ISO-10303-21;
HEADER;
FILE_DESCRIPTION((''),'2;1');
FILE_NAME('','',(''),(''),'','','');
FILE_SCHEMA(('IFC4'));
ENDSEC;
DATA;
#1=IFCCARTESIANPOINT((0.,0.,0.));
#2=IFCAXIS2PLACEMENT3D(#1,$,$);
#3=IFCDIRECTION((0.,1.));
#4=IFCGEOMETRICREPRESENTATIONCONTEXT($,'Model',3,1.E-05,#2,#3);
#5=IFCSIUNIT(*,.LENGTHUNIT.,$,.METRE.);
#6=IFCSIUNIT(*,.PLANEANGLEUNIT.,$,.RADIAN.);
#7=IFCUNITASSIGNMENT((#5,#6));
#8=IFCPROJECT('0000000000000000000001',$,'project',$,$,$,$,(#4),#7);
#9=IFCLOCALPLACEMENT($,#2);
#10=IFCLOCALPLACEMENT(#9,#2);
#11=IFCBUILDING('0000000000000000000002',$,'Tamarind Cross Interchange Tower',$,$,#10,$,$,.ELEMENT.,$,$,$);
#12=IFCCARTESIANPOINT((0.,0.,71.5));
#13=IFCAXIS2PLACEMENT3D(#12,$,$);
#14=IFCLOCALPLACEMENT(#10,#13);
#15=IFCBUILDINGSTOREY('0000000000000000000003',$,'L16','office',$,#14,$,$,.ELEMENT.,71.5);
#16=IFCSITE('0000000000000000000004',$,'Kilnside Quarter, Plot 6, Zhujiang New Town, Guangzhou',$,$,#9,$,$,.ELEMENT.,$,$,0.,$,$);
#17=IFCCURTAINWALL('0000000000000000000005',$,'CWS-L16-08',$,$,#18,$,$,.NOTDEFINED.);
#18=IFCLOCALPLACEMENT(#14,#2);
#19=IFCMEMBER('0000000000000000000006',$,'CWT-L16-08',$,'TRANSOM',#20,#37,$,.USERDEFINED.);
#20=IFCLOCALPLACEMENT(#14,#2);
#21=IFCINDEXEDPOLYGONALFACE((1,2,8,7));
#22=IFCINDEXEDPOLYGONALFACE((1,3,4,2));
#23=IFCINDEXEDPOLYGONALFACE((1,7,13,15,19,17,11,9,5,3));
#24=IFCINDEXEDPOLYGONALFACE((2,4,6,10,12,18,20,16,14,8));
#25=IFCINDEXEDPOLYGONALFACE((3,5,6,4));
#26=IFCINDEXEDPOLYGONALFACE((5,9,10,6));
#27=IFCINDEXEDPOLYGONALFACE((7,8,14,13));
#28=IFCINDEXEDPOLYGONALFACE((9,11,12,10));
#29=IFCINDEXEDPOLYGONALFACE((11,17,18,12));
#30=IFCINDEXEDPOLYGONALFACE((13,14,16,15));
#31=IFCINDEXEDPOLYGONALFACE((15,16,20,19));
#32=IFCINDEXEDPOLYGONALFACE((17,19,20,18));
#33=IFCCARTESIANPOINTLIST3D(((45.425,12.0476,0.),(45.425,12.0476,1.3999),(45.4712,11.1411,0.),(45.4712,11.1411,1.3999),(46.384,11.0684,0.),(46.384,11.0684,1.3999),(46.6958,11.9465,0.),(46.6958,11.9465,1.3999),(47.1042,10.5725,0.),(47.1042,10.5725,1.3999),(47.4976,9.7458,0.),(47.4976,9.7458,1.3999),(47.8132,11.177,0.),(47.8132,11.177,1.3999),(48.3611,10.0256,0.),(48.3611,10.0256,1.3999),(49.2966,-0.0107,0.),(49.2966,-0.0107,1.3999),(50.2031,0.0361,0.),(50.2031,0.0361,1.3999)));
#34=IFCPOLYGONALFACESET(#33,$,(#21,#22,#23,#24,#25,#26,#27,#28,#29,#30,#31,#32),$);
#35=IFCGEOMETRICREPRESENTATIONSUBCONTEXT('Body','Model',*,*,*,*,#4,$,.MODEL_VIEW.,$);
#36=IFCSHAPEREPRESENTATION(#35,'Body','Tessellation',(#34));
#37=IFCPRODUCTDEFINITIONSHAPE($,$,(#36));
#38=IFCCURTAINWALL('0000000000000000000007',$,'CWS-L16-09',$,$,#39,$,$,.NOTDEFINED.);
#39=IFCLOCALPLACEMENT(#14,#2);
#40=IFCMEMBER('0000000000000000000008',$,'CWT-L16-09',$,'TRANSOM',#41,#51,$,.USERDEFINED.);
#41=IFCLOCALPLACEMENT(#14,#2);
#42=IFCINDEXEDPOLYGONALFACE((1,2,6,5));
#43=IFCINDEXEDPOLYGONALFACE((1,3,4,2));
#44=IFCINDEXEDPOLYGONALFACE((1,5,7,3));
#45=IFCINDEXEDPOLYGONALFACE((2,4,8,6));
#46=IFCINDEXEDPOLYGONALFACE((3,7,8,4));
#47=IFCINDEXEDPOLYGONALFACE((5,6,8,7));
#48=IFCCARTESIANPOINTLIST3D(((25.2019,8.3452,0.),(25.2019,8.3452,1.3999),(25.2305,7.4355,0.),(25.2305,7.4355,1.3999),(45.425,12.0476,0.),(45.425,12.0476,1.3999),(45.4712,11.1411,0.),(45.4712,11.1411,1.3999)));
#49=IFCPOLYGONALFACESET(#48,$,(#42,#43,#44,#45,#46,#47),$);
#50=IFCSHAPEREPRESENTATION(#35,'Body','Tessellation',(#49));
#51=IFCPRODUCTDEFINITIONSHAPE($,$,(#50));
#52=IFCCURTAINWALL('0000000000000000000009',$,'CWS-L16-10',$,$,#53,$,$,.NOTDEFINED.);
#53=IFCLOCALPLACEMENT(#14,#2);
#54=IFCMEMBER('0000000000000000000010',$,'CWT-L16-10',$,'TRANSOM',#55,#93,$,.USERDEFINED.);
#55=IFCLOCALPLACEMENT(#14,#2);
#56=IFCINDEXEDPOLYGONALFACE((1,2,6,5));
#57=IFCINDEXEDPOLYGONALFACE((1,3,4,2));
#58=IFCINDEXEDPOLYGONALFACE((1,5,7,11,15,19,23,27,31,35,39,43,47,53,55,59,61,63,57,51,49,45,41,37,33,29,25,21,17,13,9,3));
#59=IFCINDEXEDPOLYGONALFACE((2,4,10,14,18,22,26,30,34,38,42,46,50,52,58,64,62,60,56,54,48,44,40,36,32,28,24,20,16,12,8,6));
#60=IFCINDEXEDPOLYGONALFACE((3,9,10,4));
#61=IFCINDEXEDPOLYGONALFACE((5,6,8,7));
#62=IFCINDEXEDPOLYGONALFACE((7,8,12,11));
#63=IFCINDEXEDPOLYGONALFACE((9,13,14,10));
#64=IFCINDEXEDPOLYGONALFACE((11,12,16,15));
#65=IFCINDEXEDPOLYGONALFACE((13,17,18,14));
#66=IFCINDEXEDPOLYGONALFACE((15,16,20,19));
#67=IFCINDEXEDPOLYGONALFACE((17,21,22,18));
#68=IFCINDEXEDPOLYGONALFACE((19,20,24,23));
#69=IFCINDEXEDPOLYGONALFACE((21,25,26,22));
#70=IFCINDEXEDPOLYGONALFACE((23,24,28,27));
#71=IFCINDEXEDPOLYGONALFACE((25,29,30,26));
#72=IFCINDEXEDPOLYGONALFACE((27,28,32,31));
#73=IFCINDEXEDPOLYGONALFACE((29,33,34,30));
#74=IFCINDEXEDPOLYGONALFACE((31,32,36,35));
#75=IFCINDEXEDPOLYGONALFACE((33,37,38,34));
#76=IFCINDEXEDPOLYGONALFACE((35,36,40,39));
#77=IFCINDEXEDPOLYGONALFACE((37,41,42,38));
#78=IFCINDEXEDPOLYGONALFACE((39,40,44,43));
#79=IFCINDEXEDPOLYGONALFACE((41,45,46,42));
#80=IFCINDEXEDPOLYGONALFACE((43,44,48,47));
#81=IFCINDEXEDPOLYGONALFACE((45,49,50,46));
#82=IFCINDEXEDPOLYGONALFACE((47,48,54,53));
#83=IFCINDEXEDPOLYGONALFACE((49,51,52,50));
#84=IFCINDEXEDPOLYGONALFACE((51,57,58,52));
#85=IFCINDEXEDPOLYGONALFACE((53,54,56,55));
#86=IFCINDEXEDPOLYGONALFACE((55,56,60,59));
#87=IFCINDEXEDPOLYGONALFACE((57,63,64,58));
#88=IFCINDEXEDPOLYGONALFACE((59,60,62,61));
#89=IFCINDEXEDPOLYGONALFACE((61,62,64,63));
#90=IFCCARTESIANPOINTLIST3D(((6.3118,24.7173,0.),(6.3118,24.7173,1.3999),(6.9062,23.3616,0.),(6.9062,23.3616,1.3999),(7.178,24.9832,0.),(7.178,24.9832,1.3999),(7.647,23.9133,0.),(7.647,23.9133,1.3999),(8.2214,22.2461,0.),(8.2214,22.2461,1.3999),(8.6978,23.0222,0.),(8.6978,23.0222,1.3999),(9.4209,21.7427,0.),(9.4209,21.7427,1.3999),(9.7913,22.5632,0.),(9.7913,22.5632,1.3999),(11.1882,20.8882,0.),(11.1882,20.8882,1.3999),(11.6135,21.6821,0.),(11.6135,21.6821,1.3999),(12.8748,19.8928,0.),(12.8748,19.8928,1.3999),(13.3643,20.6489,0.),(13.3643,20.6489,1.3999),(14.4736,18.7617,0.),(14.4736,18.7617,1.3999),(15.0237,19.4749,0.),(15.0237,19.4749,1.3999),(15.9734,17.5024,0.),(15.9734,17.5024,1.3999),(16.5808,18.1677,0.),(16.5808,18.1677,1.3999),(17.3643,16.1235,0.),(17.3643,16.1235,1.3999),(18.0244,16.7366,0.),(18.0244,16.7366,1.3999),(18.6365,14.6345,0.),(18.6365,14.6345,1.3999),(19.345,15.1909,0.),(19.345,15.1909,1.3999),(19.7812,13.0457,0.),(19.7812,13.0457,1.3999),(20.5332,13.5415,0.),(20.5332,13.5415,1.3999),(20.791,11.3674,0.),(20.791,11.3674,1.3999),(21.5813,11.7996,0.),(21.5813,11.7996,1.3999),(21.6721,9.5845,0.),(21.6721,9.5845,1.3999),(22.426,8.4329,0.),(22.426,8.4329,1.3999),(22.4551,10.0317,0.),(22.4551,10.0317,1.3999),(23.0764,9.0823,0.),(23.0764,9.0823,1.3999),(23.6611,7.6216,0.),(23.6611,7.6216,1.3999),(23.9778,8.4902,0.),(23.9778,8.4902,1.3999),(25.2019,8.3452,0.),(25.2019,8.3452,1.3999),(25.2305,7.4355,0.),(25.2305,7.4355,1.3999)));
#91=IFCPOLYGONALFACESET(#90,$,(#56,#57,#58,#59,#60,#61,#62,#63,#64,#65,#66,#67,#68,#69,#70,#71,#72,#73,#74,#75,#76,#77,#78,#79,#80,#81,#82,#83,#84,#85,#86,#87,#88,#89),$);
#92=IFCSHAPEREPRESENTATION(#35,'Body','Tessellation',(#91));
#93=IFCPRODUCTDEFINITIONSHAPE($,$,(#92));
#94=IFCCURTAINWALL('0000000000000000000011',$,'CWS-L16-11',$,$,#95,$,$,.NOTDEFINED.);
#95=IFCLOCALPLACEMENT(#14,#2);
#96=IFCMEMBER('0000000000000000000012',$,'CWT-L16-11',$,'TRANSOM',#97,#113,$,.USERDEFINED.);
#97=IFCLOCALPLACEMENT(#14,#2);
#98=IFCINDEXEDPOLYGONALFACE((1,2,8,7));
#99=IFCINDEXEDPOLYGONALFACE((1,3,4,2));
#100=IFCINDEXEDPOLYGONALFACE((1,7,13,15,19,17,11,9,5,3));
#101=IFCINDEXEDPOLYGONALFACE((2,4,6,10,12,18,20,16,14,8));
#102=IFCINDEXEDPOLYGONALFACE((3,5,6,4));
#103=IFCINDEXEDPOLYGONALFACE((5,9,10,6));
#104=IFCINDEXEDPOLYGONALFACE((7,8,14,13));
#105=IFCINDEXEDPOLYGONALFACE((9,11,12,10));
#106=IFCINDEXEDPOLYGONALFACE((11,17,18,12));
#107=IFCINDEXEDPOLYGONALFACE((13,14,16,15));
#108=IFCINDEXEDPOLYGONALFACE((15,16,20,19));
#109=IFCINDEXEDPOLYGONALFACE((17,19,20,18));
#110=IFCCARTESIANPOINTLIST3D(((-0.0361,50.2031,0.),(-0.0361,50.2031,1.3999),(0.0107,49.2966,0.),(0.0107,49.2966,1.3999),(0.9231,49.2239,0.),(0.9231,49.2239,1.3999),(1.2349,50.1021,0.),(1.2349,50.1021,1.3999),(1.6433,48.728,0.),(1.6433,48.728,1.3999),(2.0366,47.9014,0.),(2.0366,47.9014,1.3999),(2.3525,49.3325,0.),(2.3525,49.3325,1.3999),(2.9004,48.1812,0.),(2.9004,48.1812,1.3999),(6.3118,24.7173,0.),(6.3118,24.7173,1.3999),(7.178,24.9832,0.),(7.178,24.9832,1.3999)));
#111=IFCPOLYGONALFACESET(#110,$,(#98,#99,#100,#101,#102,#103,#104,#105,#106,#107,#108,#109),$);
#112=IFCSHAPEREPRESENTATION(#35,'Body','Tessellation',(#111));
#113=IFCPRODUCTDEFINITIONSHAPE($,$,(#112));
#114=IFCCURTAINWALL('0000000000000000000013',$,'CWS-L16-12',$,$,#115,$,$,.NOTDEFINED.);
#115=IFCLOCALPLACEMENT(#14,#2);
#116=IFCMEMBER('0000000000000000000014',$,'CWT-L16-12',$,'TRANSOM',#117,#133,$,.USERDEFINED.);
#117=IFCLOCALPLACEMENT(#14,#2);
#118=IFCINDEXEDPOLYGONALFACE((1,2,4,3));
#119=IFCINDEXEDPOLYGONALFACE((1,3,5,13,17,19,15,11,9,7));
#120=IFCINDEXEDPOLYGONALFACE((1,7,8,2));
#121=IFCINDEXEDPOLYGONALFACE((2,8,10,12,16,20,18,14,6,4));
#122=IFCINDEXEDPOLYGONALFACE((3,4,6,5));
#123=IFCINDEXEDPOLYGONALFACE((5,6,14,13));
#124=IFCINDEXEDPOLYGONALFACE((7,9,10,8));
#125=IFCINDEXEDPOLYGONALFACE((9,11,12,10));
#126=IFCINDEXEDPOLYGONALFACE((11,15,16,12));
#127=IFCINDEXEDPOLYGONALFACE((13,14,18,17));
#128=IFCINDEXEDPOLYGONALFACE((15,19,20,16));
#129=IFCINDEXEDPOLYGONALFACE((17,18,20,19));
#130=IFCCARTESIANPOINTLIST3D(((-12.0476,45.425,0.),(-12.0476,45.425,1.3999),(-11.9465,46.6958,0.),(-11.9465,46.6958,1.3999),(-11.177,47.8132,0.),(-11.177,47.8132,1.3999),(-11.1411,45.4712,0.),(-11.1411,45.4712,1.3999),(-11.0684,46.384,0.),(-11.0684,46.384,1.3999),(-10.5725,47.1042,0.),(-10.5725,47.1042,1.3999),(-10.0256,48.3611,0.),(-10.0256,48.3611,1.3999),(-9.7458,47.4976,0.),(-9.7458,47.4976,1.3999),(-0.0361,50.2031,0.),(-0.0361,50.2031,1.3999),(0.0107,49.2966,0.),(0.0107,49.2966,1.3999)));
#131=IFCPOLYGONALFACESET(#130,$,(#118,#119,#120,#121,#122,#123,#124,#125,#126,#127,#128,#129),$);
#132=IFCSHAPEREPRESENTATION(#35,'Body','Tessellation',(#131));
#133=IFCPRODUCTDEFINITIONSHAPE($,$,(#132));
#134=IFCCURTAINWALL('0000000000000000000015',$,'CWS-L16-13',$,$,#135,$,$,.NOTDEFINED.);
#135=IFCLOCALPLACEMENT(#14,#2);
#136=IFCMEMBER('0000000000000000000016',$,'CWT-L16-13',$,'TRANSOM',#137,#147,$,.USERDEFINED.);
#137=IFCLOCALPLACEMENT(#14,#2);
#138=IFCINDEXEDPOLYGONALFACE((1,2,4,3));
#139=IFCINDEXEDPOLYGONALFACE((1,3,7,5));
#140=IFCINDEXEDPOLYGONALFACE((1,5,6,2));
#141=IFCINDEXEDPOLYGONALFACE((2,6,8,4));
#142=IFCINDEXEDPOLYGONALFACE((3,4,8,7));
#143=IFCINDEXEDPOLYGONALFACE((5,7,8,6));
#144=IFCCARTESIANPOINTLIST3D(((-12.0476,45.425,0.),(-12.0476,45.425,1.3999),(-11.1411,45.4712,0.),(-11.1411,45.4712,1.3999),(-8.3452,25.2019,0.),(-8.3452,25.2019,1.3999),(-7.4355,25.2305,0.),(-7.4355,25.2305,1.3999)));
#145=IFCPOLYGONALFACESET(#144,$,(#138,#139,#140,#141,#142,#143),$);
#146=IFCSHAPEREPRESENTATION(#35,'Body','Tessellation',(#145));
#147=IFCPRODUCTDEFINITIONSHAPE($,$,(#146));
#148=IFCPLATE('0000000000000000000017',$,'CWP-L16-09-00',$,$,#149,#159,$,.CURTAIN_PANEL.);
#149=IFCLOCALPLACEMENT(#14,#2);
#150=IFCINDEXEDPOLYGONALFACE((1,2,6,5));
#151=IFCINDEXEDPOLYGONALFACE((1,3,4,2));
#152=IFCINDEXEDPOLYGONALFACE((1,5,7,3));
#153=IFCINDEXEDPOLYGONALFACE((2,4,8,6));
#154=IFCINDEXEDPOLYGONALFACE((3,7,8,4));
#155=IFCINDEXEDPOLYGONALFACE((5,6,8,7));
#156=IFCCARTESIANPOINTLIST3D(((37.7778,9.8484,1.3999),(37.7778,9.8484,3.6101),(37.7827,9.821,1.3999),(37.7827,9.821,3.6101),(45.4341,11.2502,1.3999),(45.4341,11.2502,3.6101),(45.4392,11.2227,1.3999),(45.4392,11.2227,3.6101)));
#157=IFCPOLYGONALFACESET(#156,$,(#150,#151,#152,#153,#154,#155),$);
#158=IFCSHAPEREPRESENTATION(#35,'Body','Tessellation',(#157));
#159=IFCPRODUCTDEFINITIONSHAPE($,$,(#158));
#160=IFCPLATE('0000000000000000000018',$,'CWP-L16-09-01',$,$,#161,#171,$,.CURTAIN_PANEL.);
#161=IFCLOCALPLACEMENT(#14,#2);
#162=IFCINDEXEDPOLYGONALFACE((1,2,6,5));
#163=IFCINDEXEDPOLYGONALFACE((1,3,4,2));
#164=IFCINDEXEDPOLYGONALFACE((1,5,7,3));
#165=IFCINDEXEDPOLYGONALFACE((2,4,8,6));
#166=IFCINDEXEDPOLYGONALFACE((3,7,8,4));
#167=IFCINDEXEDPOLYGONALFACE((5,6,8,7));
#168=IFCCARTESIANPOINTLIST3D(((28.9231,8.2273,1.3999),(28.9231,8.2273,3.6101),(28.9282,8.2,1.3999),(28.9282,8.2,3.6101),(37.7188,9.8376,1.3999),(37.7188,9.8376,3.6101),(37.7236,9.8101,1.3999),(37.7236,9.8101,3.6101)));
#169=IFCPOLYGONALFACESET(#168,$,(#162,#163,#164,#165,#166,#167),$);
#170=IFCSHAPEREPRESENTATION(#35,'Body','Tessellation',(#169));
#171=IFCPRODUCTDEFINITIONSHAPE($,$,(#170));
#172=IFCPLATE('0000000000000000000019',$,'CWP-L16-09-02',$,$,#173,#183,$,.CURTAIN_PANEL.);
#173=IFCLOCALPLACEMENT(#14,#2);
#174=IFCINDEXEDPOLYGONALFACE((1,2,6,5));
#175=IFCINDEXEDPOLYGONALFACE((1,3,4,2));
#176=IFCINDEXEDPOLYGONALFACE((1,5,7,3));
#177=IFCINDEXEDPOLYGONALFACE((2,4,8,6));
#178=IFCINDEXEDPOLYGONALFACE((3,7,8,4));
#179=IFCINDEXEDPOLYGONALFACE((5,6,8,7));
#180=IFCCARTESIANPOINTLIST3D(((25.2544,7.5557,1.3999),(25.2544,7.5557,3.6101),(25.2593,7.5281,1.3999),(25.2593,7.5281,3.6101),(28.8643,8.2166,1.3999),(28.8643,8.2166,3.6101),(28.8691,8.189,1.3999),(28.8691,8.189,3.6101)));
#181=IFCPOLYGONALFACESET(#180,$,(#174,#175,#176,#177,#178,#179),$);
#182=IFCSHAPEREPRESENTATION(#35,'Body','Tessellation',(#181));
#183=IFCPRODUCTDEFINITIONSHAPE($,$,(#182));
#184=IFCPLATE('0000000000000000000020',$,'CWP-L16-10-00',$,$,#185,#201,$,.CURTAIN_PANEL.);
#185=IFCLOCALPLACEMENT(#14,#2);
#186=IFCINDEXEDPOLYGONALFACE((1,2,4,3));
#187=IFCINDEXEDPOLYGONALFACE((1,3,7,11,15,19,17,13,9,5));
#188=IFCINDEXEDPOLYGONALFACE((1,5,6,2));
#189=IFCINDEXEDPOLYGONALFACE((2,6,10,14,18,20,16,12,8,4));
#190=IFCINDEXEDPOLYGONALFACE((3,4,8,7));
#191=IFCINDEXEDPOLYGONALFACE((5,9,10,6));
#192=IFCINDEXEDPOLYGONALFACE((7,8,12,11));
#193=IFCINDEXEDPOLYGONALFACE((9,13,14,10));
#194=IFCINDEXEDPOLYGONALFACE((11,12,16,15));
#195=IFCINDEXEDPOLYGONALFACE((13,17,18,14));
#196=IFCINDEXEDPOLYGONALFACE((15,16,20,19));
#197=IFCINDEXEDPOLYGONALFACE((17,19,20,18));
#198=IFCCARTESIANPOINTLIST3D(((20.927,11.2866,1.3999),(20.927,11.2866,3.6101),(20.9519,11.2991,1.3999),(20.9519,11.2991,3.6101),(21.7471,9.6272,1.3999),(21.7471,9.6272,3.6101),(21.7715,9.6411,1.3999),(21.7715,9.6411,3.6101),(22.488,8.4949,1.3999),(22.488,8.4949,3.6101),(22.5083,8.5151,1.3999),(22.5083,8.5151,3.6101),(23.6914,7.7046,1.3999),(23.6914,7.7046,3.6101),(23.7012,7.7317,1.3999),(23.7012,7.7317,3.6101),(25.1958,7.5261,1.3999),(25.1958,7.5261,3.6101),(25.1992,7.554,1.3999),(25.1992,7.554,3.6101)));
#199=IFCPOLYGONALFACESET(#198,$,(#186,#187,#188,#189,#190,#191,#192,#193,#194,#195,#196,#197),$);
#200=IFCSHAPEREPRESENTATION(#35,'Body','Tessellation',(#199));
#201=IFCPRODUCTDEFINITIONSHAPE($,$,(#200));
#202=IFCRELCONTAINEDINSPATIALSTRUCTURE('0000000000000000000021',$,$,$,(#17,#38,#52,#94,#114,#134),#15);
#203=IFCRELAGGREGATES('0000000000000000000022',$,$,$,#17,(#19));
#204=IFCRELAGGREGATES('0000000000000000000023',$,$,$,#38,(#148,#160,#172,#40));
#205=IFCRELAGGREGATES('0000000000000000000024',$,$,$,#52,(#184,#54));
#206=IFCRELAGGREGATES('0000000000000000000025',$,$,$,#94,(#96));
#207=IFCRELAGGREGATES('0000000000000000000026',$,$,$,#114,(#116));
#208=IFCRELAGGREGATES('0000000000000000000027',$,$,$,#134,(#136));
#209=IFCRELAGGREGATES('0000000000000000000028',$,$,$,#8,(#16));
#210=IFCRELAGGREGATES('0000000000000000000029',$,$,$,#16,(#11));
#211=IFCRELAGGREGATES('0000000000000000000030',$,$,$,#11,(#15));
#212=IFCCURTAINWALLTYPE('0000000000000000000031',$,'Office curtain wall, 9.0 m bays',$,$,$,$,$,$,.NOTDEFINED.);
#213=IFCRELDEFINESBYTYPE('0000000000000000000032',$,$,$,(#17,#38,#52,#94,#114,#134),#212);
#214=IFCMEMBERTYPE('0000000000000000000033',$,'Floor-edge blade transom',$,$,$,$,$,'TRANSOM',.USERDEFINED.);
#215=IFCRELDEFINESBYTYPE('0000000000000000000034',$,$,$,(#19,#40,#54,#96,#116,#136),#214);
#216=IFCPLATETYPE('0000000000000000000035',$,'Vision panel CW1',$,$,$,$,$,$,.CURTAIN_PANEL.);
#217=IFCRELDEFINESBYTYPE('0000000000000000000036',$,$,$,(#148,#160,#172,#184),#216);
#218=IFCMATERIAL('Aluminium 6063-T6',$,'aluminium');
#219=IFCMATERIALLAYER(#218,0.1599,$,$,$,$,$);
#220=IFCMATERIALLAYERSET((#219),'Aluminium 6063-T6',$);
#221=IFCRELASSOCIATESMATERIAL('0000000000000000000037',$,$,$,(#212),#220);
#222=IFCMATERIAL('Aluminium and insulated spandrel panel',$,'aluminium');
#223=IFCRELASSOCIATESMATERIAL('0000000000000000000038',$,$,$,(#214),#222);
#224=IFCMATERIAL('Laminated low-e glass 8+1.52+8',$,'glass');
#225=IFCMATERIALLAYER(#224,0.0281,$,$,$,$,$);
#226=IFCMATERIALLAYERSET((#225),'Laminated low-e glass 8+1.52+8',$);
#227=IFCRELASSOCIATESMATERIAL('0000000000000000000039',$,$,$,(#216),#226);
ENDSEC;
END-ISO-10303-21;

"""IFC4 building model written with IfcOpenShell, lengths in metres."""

from ifc_helpers import new_model, si_unit, direction, frame, origin, place, context, subcontext, project, spatial, polyline, outline, extrude, material, layer, layer_set, type_object, element, aggregate, save


model = new_model("IFC4")

# Units and contexts
model_context = context("Model", 3, precision=1e-05, world=origin(), true_north=direction((0.0, 1.0)))
body_context = subcontext(model_context, "Body", "Model", "MODEL_VIEW")
ifc_project = project(units=[si_unit("LENGTHUNIT", "METRE"), si_unit("PLANEANGLEUNIT", "RADIAN")], contexts=[model_context])

# Site, building, storey
site_placement = place(None, origin())
site = spatial("IfcSite", under=ifc_project, at=site_placement, Name="Kilnside Quarter, Plot 6, Zhujiang New Town, Guangzhou", CompositionType="ELEMENT", RefElevation=0.0)
building_placement = place(site_placement, origin())
building = spatial("IfcBuilding", under=site, at=building_placement, Name="Tamarind Cross Interchange Tower", CompositionType="ELEMENT")
storey_placement = place(building_placement, frame((0.0, 0.0, 71.5)))
storey = spatial("IfcBuildingStorey", under=building, at=storey_placement, Name="L16", Description="office", CompositionType="ELEMENT", Elevation=71.5)

# Curtain walls, members
ifc_material_1 = material(Name="Aluminium 6063-T6", Category="aluminium")
ifc_layer_1 = layer(ifc_material_1, 0.1599)
ifc_layer_set_1 = layer_set([ifc_layer_1], Name="Aluminium 6063-T6")
curtain_wall_type = type_object("IfcCurtainWallType", Name="Office curtain wall, 9.0 m bays", PredefinedType="NOTDEFINED", material=ifc_layer_set_1)
curtain_wall_1_placement = place(storey_placement, origin())
curtain_wall_1 = element("IfcCurtainWall", 1, at=curtain_wall_1_placement, inside=storey, type_object=curtain_wall_type, Name="CWS-L16-08", PredefinedType="NOTDEFINED")
ifc_material_2 = material(Name="Aluminium and insulated spandrel panel", Category="aluminium")
member_type = type_object("IfcMemberType", Name="Floor-edge blade transom", ElementType="TRANSOM", PredefinedType="USERDEFINED", material=ifc_material_2)
member_1_placement = place(storey_placement, origin())
member_1 = element("IfcMember", 2, at=member_1_placement, type_object=member_type, Name="CWT-L16-08", ObjectType="TRANSOM", PredefinedType="USERDEFINED", context=body_context, shape_type="SweptSolid", body=[
    extrude(outline(polyline([(49.2966, -0.0107), (47.4976, 9.7458), (47.1042, 10.5725), (46.384, 11.0684), (45.4712, 11.1411), (45.425, 12.0476), (46.6958, 11.9465), (47.8132, 11.177), (48.3611, 10.0256), (50.2031, 0.0361), (49.2966, -0.0107)])), origin(), (0.0, 0.0, 1.0), 1.3999),
])
aggregate(curtain_wall_1, [member_1])
curtain_wall_2_placement = place(storey_placement, origin())
curtain_wall_2 = element("IfcCurtainWall", 3, at=curtain_wall_2_placement, inside=storey, type_object=curtain_wall_type, Name="CWS-L16-09", PredefinedType="NOTDEFINED")
member_2_placement = place(storey_placement, origin())
member_2 = element("IfcMember", 4, at=member_2_placement, type_object=member_type, Name="CWT-L16-09", ObjectType="TRANSOM", PredefinedType="USERDEFINED", context=body_context, shape_type="SweptSolid", body=[
    extrude(outline(polyline([(45.4712, 11.1411), (25.2305, 7.4355), (25.2019, 8.3452), (45.425, 12.0476), (45.4712, 11.1411)])), origin(), (0.0, 0.0, 1.0), 1.3999),
])
curtain_wall_3_placement = place(storey_placement, origin())
curtain_wall_3 = element("IfcCurtainWall", 5, at=curtain_wall_3_placement, inside=storey, type_object=curtain_wall_type, Name="CWS-L16-10", PredefinedType="NOTDEFINED")
member_3_placement = place(storey_placement, origin())
member_3 = element("IfcMember", 6, at=member_3_placement, type_object=member_type, Name="CWT-L16-10", ObjectType="TRANSOM", PredefinedType="USERDEFINED", context=body_context, shape_type="SweptSolid", body=[
    extrude(outline(polyline([(25.2305, 7.4355), (23.6611, 7.6216), (22.426, 8.4329), (21.6721, 9.5845), (20.791, 11.3674), (19.7812, 13.0457), (18.6365, 14.6345), (17.3643, 16.1235), (15.9734, 17.5024), (14.4736, 18.7617), (12.8748, 19.8928), (11.1882, 20.8882), (9.4209, 21.7427), (8.2214, 22.2461), (6.9062, 23.3616), (6.3118, 24.7173), (7.178, 24.9832), (7.647, 23.9133), (8.6978, 23.0222), (9.7913, 22.5632), (11.6135, 21.6821), (13.3643, 20.6489), (15.0237, 19.4749), (16.5808, 18.1677), (18.0244, 16.7366), (19.345, 15.1909), (20.5332, 13.5415), (21.5813, 11.7996), (22.4551, 10.0317), (23.0764, 9.0823), (23.9778, 8.4902), (25.2019, 8.3452), (25.2305, 7.4355)])), origin(), (0.0, 0.0, 1.0), 1.3999),
])
curtain_wall_4_placement = place(storey_placement, origin())
curtain_wall_4 = element("IfcCurtainWall", 7, at=curtain_wall_4_placement, inside=storey, type_object=curtain_wall_type, Name="CWS-L16-11", PredefinedType="NOTDEFINED")
member_4_placement = place(storey_placement, origin())
member_4 = element("IfcMember", 8, at=member_4_placement, type_object=member_type, Name="CWT-L16-11", ObjectType="TRANSOM", PredefinedType="USERDEFINED", context=body_context, shape_type="SweptSolid", body=[
    extrude(outline(polyline([(6.3118, 24.7173), (2.0366, 47.9014), (1.6433, 48.728), (0.9231, 49.2239), (0.0107, 49.2966), (-0.0361, 50.2031), (1.2349, 50.1021), (2.3525, 49.3325), (2.9004, 48.1812), (7.178, 24.9832), (6.3118, 24.7173)])), origin(), (0.0, 0.0, 1.0), 1.3999),
])
curtain_wall_5_placement = place(storey_placement, origin())
curtain_wall_5 = element("IfcCurtainWall", 9, at=curtain_wall_5_placement, inside=storey, type_object=curtain_wall_type, Name="CWS-L16-12", PredefinedType="NOTDEFINED")
member_5_placement = place(storey_placement, origin())
member_5 = element("IfcMember", 10, at=member_5_placement, type_object=member_type, Name="CWT-L16-12", ObjectType="TRANSOM", PredefinedType="USERDEFINED", context=body_context, shape_type="SweptSolid", body=[
    extrude(outline(polyline([(0.0107, 49.2966), (-9.7458, 47.4976), (-10.5725, 47.1042), (-11.0684, 46.384), (-11.1411, 45.4712), (-12.0476, 45.425), (-11.9465, 46.6958), (-11.177, 47.8132), (-10.0256, 48.3611), (-0.0361, 50.2031), (0.0107, 49.2966)])), origin(), (0.0, 0.0, 1.0), 1.3999),
])
curtain_wall_6_placement = place(storey_placement, origin())
curtain_wall_6 = element("IfcCurtainWall", 11, at=curtain_wall_6_placement, inside=storey, type_object=curtain_wall_type, Name="CWS-L16-13", PredefinedType="NOTDEFINED")
member_6_placement = place(storey_placement, origin())
member_6 = element("IfcMember", 12, at=member_6_placement, type_object=member_type, Name="CWT-L16-13", ObjectType="TRANSOM", PredefinedType="USERDEFINED", context=body_context, shape_type="SweptSolid", body=[
    extrude(outline(polyline([(-11.1411, 45.4712), (-7.4355, 25.2305), (-8.3452, 25.2019), (-12.0476, 45.425), (-11.1411, 45.4712)])), origin(), (0.0, 0.0, 1.0), 1.3999),
])

# Plates
ifc_material_3 = material(Name="Laminated low-e glass 8+1.52+8", Category="glass")
ifc_layer_2 = layer(ifc_material_3, 0.0281)
ifc_layer_set_2 = layer_set([ifc_layer_2], Name="Laminated low-e glass 8+1.52+8")
plate_type = type_object("IfcPlateType", Name="Vision panel CW1", PredefinedType="CURTAIN_PANEL", material=ifc_layer_set_2)
plate_1_placement = place(storey_placement, frame((0.0, 0.0, 1.3999)))
plate_1 = element("IfcPlate", 13, at=plate_1_placement, type_object=plate_type, Name="CWP-L16-09-00", PredefinedType="CURTAIN_PANEL", context=body_context, shape_type="SweptSolid", body=[
    extrude(outline(polyline([(45.4392, 11.2227), (37.7827, 9.821), (37.7778, 9.8484), (45.4341, 11.2502), (45.4392, 11.2227)])), origin(), (0.0, 0.0, 1.0), 2.2102),
])
plate_2_placement = place(storey_placement, frame((0.0, 0.0, 1.3999)))
plate_2 = element("IfcPlate", 14, at=plate_2_placement, type_object=plate_type, Name="CWP-L16-09-01", PredefinedType="CURTAIN_PANEL", context=body_context, shape_type="SweptSolid", body=[
    extrude(outline(polyline([(37.7236, 9.8101), (28.9282, 8.2), (28.9231, 8.2273), (37.7188, 9.8376), (37.7236, 9.8101)])), origin(), (0.0, 0.0, 1.0), 2.2102),
])
plate_3_placement = place(storey_placement, frame((0.0, 0.0, 1.3999)))
plate_3 = element("IfcPlate", 15, at=plate_3_placement, type_object=plate_type, Name="CWP-L16-09-02", PredefinedType="CURTAIN_PANEL", context=body_context, shape_type="SweptSolid", body=[
    extrude(outline(polyline([(28.8691, 8.189), (25.2593, 7.5281), (25.2544, 7.5557), (28.8643, 8.2166), (28.8691, 8.189)])), origin(), (0.0, 0.0, 1.0), 2.2102),
])
aggregate(curtain_wall_2, [plate_1, plate_2, plate_3, member_2])
plate_4_placement = place(storey_placement, frame((0.0, 0.0, 1.3999)))
plate_4 = element("IfcPlate", 16, at=plate_4_placement, type_object=plate_type, Name="CWP-L16-10-00", PredefinedType="CURTAIN_PANEL", context=body_context, shape_type="SweptSolid", body=[
    extrude(outline(polyline([(25.1958, 7.5261), (23.6914, 7.7046), (22.488, 8.4949), (21.7471, 9.6272), (20.927, 11.2866), (20.9519, 11.2991), (21.7715, 9.6411), (22.5083, 8.5151), (23.7012, 7.7317), (25.1992, 7.554), (25.1958, 7.5261)])), origin(), (0.0, 0.0, 1.0), 2.2102),
])
aggregate(curtain_wall_3, [plate_4, member_3])
aggregate(curtain_wall_4, [member_4])
aggregate(curtain_wall_5, [member_5])
aggregate(curtain_wall_6, [member_6])

save(model, "model.ifc")
